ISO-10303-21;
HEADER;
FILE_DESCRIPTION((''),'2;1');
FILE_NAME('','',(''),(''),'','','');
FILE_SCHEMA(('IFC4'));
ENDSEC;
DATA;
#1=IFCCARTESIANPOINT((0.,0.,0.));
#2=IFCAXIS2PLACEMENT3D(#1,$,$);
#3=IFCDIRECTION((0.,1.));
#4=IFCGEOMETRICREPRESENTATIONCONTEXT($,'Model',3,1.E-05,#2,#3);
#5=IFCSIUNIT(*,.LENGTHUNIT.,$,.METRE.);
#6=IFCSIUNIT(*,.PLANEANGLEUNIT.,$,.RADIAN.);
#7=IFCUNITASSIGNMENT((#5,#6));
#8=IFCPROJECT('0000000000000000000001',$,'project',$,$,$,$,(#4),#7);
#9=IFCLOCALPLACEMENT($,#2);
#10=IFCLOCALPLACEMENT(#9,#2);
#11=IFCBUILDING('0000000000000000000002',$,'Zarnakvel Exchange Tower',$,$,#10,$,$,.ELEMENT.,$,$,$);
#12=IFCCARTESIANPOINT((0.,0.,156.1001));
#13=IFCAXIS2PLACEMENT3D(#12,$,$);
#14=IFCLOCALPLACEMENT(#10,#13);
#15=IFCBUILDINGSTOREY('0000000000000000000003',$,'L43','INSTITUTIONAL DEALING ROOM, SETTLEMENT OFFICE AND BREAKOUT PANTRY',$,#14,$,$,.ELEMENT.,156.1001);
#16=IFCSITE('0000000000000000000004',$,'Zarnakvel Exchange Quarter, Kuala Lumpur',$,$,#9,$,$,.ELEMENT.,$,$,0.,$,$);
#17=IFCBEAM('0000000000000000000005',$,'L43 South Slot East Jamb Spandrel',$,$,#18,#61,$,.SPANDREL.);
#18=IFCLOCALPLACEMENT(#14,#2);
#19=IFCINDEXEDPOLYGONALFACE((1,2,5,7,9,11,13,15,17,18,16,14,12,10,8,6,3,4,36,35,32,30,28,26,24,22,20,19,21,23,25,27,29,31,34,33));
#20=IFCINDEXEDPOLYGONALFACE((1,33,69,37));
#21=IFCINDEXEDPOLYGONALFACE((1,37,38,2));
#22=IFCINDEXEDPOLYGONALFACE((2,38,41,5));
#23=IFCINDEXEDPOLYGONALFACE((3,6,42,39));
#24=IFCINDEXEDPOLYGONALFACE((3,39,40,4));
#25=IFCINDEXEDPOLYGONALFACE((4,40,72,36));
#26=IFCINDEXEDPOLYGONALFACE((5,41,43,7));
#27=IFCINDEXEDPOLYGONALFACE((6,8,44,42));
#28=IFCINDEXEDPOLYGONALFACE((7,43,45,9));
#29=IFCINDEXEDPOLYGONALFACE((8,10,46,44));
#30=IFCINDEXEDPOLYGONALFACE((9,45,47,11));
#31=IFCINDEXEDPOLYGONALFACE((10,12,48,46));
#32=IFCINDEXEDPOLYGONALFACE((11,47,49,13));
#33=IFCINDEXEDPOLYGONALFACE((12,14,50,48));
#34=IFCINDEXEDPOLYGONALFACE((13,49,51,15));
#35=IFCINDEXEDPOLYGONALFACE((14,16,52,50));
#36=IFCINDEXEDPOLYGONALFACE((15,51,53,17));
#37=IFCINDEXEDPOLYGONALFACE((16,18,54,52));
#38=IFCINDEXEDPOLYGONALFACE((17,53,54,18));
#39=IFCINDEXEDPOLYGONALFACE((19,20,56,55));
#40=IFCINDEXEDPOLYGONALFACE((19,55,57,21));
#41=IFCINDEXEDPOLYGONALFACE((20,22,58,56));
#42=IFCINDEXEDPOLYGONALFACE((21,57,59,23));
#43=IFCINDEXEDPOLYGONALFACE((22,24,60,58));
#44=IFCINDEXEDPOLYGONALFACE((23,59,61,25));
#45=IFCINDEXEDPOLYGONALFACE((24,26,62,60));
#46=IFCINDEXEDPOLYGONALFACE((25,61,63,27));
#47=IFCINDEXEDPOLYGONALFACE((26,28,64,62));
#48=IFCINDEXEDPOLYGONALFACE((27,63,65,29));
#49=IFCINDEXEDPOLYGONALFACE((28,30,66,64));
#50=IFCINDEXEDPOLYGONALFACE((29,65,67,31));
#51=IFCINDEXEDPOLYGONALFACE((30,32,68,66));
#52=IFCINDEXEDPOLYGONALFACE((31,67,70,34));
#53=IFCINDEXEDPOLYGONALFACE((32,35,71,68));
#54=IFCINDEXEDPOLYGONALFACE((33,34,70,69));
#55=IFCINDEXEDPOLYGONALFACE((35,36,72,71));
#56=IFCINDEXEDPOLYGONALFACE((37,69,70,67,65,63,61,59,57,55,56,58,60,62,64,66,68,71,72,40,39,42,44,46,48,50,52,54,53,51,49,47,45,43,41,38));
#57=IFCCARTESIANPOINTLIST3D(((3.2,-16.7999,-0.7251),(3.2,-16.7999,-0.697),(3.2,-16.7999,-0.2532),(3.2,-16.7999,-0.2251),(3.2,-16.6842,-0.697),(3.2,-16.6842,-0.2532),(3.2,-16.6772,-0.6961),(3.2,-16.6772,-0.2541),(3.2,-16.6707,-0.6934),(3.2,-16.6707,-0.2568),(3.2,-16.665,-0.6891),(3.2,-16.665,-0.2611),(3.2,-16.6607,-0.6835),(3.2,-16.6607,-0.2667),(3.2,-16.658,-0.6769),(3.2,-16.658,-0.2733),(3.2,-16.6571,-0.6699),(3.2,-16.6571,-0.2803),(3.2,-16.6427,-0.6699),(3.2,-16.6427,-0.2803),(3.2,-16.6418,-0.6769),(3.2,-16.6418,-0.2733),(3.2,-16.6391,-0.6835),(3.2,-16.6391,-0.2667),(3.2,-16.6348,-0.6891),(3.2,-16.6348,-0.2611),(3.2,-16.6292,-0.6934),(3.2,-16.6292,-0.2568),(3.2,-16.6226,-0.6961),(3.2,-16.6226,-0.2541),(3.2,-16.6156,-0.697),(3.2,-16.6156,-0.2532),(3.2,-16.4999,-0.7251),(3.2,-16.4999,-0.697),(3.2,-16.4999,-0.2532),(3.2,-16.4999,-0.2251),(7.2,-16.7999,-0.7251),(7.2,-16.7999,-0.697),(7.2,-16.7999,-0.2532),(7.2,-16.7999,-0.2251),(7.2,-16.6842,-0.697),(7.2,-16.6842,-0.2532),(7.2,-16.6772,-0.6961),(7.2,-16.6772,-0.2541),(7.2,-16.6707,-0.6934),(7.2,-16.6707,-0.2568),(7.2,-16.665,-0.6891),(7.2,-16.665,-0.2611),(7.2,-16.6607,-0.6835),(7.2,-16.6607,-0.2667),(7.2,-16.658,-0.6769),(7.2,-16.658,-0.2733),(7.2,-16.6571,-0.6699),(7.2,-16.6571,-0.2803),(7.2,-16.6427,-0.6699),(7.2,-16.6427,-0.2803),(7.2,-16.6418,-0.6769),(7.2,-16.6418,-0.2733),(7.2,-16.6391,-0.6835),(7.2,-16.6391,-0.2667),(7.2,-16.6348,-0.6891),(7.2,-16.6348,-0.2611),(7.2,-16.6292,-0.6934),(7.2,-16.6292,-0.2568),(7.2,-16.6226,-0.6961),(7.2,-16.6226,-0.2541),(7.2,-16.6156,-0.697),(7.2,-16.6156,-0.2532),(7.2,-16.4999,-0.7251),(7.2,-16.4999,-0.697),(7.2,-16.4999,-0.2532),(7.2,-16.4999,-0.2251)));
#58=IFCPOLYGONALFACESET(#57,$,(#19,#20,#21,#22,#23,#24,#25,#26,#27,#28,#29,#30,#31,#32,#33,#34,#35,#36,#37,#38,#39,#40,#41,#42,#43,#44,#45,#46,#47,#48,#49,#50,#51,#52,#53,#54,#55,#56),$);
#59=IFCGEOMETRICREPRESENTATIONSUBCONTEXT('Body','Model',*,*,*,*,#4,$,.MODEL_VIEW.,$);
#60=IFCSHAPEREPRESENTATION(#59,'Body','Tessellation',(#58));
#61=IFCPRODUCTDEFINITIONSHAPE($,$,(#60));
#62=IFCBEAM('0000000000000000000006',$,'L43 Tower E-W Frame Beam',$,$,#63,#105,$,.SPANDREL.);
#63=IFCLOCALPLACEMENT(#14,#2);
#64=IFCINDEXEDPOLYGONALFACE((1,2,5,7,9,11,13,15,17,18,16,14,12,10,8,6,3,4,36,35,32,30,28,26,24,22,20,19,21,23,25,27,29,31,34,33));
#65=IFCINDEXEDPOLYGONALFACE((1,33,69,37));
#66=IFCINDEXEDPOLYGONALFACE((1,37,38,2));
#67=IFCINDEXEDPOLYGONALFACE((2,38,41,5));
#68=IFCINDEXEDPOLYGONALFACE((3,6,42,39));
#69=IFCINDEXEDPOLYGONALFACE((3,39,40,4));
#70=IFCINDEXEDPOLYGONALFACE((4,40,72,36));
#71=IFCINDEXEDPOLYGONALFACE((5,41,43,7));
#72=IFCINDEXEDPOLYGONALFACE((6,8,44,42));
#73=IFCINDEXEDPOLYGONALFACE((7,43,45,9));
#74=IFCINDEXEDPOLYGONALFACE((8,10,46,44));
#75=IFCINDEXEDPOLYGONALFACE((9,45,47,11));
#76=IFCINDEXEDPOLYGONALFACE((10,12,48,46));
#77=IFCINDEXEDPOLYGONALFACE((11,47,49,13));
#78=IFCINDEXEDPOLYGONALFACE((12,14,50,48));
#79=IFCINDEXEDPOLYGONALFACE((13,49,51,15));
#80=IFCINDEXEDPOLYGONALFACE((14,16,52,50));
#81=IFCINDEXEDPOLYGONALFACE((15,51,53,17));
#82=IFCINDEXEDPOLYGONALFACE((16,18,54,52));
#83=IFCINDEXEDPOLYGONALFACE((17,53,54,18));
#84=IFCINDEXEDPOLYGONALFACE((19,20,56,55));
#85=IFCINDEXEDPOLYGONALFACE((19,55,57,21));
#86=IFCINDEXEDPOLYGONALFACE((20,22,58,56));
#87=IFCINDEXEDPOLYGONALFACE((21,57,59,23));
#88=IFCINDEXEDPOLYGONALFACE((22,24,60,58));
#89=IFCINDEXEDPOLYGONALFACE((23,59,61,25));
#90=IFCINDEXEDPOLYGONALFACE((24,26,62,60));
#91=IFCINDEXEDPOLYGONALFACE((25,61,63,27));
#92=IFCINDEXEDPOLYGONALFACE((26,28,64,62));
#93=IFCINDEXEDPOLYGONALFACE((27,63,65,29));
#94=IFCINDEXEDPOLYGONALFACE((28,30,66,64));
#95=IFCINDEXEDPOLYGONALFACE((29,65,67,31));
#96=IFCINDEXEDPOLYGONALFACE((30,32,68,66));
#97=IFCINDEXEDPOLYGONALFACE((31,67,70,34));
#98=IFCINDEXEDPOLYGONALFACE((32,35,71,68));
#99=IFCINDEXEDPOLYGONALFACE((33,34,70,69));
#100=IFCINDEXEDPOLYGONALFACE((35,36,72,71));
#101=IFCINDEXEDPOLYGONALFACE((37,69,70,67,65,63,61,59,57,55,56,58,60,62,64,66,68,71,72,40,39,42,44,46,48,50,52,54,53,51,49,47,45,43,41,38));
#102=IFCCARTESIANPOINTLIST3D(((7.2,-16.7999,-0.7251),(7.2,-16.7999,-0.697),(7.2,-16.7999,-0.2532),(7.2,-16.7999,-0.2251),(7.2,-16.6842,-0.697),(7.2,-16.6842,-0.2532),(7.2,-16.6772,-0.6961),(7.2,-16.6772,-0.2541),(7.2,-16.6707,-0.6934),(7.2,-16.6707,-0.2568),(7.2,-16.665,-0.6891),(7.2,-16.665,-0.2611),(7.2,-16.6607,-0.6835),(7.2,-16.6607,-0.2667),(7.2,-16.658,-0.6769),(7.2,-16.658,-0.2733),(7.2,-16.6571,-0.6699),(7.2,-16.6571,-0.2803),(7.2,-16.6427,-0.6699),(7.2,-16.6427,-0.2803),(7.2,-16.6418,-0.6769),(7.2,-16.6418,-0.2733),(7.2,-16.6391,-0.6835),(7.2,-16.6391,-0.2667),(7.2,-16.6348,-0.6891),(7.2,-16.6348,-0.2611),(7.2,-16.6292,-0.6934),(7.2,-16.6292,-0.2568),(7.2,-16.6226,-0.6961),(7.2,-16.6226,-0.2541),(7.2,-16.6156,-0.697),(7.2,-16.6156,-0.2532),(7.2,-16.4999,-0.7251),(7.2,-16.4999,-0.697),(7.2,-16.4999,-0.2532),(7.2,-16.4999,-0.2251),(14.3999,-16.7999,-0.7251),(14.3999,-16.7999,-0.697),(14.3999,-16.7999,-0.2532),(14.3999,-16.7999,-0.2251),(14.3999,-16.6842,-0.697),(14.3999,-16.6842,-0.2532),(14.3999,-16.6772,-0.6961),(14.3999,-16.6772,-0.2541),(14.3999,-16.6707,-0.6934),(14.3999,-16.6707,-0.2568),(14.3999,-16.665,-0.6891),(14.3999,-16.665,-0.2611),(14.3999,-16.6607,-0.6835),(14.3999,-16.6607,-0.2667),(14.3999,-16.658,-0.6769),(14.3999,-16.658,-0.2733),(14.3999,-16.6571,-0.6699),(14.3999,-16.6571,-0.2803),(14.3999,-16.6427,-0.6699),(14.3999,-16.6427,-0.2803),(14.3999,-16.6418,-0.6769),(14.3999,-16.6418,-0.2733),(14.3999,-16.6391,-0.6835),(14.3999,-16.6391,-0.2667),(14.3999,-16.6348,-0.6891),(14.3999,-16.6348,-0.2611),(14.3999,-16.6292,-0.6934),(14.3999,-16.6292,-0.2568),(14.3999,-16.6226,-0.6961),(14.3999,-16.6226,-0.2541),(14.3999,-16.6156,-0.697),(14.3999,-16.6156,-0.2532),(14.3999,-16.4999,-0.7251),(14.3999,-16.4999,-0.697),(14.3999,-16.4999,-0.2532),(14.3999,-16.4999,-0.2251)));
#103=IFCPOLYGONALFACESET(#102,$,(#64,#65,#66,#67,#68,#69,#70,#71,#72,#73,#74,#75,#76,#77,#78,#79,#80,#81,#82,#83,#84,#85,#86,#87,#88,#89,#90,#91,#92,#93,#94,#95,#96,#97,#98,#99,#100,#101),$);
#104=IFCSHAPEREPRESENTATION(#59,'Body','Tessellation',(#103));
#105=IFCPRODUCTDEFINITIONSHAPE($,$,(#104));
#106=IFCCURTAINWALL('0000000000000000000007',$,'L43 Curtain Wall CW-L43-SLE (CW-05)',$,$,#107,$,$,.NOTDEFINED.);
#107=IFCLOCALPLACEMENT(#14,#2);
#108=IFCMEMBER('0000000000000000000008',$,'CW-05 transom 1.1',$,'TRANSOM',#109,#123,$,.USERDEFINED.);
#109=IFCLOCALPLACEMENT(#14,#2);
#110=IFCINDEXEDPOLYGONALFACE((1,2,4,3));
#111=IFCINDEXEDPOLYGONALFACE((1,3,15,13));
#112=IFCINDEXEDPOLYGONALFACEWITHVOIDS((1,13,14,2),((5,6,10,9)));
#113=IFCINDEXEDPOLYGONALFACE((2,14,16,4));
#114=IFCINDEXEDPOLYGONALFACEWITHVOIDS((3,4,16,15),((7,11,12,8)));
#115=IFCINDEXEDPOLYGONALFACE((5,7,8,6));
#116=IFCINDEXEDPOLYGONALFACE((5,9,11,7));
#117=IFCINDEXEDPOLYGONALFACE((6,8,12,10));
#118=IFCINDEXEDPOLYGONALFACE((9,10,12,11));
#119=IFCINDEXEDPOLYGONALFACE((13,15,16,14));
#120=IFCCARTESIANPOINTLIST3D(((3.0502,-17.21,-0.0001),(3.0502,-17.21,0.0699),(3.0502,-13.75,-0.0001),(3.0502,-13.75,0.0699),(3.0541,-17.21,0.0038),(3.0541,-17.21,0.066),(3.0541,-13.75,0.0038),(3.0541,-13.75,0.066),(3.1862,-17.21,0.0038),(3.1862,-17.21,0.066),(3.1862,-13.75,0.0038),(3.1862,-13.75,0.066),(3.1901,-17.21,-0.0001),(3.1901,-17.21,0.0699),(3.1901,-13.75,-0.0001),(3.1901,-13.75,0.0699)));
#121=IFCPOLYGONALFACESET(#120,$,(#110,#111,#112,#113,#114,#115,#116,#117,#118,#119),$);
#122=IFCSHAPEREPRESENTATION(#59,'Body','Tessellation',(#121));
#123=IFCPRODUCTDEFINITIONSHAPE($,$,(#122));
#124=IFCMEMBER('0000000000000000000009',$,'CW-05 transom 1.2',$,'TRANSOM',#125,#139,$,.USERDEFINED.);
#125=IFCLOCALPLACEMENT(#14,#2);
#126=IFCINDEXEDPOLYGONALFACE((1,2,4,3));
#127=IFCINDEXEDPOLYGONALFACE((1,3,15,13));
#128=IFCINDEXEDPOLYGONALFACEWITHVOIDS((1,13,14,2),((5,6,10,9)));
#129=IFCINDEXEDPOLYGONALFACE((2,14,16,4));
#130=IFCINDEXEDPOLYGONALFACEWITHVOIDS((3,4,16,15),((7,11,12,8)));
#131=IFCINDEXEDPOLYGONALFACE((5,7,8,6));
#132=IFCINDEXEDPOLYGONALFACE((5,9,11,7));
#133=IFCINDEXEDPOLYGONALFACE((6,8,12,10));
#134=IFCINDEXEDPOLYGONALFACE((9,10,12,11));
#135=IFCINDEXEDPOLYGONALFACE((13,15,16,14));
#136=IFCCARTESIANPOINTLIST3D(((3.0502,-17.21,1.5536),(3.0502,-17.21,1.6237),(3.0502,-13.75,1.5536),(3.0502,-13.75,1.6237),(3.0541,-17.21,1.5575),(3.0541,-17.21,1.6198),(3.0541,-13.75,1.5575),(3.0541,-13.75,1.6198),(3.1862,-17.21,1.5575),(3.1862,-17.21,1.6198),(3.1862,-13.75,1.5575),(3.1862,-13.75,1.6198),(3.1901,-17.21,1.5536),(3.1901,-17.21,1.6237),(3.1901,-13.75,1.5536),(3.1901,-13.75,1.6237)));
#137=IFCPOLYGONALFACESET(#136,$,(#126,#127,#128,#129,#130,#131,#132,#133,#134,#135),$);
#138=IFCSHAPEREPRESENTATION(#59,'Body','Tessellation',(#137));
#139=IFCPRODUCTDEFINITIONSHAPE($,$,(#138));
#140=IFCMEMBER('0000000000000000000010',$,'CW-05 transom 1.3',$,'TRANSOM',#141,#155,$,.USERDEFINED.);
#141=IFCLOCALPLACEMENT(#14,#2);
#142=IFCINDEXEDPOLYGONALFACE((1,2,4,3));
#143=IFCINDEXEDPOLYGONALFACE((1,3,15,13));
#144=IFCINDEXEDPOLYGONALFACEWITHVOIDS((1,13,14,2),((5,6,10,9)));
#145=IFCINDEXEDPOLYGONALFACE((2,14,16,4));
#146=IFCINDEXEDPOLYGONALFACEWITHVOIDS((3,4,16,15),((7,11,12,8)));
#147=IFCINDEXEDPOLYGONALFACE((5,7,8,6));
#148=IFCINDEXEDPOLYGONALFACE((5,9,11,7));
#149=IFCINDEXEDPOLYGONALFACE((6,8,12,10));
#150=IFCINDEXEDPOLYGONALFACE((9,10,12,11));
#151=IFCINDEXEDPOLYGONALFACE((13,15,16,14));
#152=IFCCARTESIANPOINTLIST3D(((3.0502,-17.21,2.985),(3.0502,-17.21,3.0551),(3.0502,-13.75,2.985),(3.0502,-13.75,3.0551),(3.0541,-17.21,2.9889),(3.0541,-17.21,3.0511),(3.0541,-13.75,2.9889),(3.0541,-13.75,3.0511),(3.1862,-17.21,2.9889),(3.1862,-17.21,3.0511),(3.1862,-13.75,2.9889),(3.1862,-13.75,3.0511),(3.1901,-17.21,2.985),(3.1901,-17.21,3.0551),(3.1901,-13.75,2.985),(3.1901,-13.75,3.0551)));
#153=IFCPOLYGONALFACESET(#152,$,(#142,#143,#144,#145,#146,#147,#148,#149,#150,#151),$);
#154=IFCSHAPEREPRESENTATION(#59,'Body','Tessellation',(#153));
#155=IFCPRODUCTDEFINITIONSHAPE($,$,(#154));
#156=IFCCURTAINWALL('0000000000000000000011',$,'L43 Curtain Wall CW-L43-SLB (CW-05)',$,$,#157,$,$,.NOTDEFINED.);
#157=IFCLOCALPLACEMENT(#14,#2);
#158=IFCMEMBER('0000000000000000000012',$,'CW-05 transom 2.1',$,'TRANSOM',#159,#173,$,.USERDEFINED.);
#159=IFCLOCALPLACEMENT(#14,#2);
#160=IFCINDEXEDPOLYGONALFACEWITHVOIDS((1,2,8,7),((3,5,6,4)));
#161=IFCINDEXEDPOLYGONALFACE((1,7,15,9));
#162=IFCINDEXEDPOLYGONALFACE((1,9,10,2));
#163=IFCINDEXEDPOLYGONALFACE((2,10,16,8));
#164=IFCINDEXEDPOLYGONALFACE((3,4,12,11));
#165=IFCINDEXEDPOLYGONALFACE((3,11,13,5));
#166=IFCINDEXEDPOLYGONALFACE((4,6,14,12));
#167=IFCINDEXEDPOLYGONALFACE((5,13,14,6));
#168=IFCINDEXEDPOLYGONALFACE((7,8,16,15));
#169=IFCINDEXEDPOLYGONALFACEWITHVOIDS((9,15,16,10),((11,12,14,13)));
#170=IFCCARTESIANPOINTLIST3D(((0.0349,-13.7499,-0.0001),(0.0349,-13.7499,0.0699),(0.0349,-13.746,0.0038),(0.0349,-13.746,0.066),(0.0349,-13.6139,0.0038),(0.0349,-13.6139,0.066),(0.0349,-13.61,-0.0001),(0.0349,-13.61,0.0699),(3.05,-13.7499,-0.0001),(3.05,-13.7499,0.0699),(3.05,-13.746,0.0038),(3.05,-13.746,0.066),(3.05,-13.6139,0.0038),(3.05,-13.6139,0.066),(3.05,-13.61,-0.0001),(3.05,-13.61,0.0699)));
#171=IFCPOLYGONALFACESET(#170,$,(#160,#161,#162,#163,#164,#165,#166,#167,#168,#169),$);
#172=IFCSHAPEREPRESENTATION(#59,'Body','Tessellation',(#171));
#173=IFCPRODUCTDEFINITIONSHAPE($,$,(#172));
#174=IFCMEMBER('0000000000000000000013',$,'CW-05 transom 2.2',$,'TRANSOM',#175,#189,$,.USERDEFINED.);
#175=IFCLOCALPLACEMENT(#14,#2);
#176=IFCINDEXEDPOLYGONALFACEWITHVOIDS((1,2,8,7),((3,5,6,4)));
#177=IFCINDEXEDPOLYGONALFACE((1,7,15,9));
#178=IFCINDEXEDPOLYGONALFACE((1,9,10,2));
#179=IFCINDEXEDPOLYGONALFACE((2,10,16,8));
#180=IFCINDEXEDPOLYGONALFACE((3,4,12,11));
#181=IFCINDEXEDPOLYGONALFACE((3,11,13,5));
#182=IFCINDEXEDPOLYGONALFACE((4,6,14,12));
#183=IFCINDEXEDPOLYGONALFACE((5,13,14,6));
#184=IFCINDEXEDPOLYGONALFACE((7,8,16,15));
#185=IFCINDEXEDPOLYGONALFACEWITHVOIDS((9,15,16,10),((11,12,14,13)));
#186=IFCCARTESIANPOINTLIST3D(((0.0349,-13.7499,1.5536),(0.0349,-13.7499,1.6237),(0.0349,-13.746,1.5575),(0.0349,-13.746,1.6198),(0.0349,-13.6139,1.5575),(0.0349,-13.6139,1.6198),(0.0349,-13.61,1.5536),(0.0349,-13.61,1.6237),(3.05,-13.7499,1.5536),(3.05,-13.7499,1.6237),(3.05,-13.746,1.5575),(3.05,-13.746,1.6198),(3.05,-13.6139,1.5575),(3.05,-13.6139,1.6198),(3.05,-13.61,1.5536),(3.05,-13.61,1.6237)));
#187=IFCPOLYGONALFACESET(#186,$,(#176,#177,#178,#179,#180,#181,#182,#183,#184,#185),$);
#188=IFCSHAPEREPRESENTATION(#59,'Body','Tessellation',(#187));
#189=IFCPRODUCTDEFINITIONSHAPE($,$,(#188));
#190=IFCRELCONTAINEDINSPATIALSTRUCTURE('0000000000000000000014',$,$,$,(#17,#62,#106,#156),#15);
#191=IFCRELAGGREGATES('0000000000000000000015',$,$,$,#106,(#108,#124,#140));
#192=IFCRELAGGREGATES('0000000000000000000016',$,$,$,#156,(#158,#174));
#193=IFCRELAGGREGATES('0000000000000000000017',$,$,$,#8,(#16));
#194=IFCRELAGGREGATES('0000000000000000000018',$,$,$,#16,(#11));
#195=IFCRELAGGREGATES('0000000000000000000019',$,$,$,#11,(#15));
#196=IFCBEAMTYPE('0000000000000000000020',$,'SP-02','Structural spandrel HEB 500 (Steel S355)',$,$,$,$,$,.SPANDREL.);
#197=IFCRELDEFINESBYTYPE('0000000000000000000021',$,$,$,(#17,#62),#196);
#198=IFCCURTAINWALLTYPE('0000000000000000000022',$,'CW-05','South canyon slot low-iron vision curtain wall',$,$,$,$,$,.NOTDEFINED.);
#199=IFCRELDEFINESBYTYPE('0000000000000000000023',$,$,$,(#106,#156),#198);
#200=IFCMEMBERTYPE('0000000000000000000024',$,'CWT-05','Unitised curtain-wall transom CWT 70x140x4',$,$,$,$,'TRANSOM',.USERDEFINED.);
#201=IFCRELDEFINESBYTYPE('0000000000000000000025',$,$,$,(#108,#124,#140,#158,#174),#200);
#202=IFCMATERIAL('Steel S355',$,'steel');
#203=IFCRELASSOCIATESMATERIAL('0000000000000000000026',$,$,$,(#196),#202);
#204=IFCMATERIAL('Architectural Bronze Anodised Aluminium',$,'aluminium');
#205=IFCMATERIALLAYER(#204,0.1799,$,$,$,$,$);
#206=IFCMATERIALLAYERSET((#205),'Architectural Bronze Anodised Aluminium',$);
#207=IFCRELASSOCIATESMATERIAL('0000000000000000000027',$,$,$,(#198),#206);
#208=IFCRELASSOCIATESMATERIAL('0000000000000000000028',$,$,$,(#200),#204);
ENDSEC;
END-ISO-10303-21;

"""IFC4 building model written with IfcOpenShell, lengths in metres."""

from ifc_helpers import new_model, si_unit, direction, frame, origin, origin_2d, place, context, subcontext, project, spatial, hollow_rectangle, i_section, extrude, source, transform, mapped, material, layer, layer_set, material_profile, profile_set, type_object, element, aggregate, save


model = new_model("IFC4")

# Units and contexts
model_context = context("Model", 3, precision=1e-05, world=origin(), true_north=direction((0.0, 1.0)))
body_context = subcontext(model_context, "Body", "Model", "MODEL_VIEW")
ifc_project = project(units=[si_unit("LENGTHUNIT", "METRE"), si_unit("PLANEANGLEUNIT", "RADIAN")], contexts=[model_context])

# Site, building, storey
site_placement = place(None, origin())
site = spatial("IfcSite", under=ifc_project, at=site_placement, Name="Zarnakvel Exchange Quarter, Kuala Lumpur", CompositionType="ELEMENT", RefElevation=0.0)
building_placement = place(site_placement, origin())
building = spatial("IfcBuilding", under=site, at=building_placement, Name="Zarnakvel Exchange Tower", CompositionType="ELEMENT")
storey_placement = place(building_placement, frame((0.0, 0.0, 156.1001)))
storey = spatial("IfcBuildingStorey", under=building, at=storey_placement, Name="L43", Description="INSTITUTIONAL DEALING ROOM, SETTLEMENT OFFICE AND BREAKOUT PANTRY", CompositionType="ELEMENT", Elevation=156.1001)

# Beams
ifc_material_1 = material(Name="Steel S355", Category="steel")
ifc_material_profile_1 = material_profile(ifc_material_1, i_section(OverallWidth=0.3, OverallDepth=0.5, WebThickness=0.0144, FlangeThickness=0.0281, FilletRadius=0.0271, at=origin_2d()))
ifc_profile_set_1 = profile_set([ifc_material_profile_1], Name="Steel S355")
beam_type_1 = type_object("IfcBeamType", Name="SP-02", Description="Structural spandrel HEB 500 (Steel S355)", PredefinedType="SPANDREL", material=ifc_profile_set_1)
beam_1_placement = place(storey_placement, frame((3.2, -16.6499, -0.4751), z_axis=(1.0, 0.0, 0.0), x_axis=(0.0, 1.0, 0.0)))
element("IfcBeam", 1, at=beam_1_placement, inside=storey, type_object=beam_type_1, Name="L43 South Slot East Jamb Spandrel", PredefinedType="SPANDREL", context=body_context, shape_type="SweptSolid", body=[
    extrude(i_section(OverallWidth=0.3, OverallDepth=0.5, WebThickness=0.0144, FlangeThickness=0.0281, FilletRadius=0.0271, at=origin_2d()), origin(), (0.0, 0.0, 1.0), 4.0),
])
beam_2_placement = place(storey_placement, frame((7.2, -16.6499, -0.4751), z_axis=(1.0, 0.0, 0.0), x_axis=(0.0, 1.0, 0.0)))
element("IfcBeam", 2, at=beam_2_placement, inside=storey, type_object=beam_type_1, Name="L43 Tower E-W Frame Beam", PredefinedType="SPANDREL", context=body_context, shape_type="SweptSolid", body=[
    extrude(i_section(OverallWidth=0.3, OverallDepth=0.5, WebThickness=0.0144, FlangeThickness=0.0281, FilletRadius=0.0271, at=origin_2d()), origin(), (0.0, 0.0, 1.0), 7.2),
])

# Curtain walls, members
ifc_material_2 = material(Name="Architectural Bronze Anodised Aluminium", Category="aluminium")
ifc_layer_1 = layer(ifc_material_2, 0.1799)
ifc_layer_set_1 = layer_set([ifc_layer_1], Name="Architectural Bronze Anodised Aluminium")
curtain_wall_type = type_object("IfcCurtainWallType", Name="CW-05", Description="South canyon slot low-iron vision curtain wall", PredefinedType="NOTDEFINED", material=ifc_layer_set_1)
curtain_wall_1_placement = place(storey_placement, origin())
curtain_wall_1 = element("IfcCurtainWall", 3, at=curtain_wall_1_placement, inside=storey, type_object=curtain_wall_type, Name="L43 Curtain Wall CW-L43-SLE (CW-05)", PredefinedType="NOTDEFINED")
ifc_material_profile_2 = material_profile(ifc_material_2, hollow_rectangle(XDim=0.1399, YDim=0.0701, WallThickness=0.0039, at=origin_2d()))
ifc_profile_set_2 = profile_set([ifc_material_profile_2], Name="Architectural Bronze Anodised Aluminium")
member_type_1 = type_object("IfcMemberType", Name="CWT-05", Description="Unitised curtain-wall transom CWT 70x140x4", ElementType="TRANSOM", PredefinedType="USERDEFINED", material=ifc_profile_set_2)
shared_shape_1 = source(origin(), body_context, "Body", "SweptSolid", [
    extrude(hollow_rectangle(XDim=0.1399, YDim=0.0701, WallThickness=0.0039, at=origin_2d()), origin(), (0.0, 0.0, 1.0), 3.46),
])
member_1_placement = place(storey_placement, frame((3.1201, -13.75, 0.0349), z_axis=(0.0, -1.0, 0.0), x_axis=(1.0, 0.0, 0.0)))
member_1 = element("IfcMember", 4, at=member_1_placement, type_object=member_type_1, Name="CW-05 transom 1.1", ObjectType="TRANSOM", PredefinedType="USERDEFINED", context=body_context, shape_type="MappedRepresentation", body=[
    mapped(shared_shape_1, transform((0.0, 0.0, 0.0), x_axis=(1.0, 0.0, 0.0), y_axis=(0.0, 1.0, 0.0), z_axis=(0.0, 0.0, 1.0), scale=1.0)),
])
member_2_placement = place(storey_placement, frame((3.1201, -13.75, 1.5886), z_axis=(0.0, -1.0, 0.0), x_axis=(1.0, 0.0, 0.0)))
member_2 = element("IfcMember", 5, at=member_2_placement, type_object=member_type_1, Name="CW-05 transom 1.2", ObjectType="TRANSOM", PredefinedType="USERDEFINED", context=body_context, shape_type="MappedRepresentation", body=[
    mapped(shared_shape_1, transform((0.0, 0.0, 0.0), x_axis=(1.0, 0.0, 0.0), y_axis=(0.0, 1.0, 0.0), z_axis=(0.0, 0.0, 1.0), scale=1.0)),
])
member_3_placement = place(storey_placement, frame((3.1201, -13.75, 3.02), z_axis=(0.0, -1.0, 0.0), x_axis=(1.0, 0.0, 0.0)))
member_3 = element("IfcMember", 6, at=member_3_placement, type_object=member_type_1, Name="CW-05 transom 1.3", ObjectType="TRANSOM", PredefinedType="USERDEFINED", context=body_context, shape_type="MappedRepresentation", body=[
    mapped(shared_shape_1, transform((0.0, 0.0, 0.0), x_axis=(1.0, 0.0, 0.0), y_axis=(0.0, 1.0, 0.0), z_axis=(0.0, 0.0, 1.0), scale=1.0)),
])
curtain_wall_2_placement = place(storey_placement, origin())
curtain_wall_2 = element("IfcCurtainWall", 7, at=curtain_wall_2_placement, inside=storey, type_object=curtain_wall_type, Name="L43 Curtain Wall CW-L43-SLB (CW-05)", PredefinedType="NOTDEFINED")
shared_shape_2 = source(origin(), body_context, "Body", "SweptSolid", [
    extrude(hollow_rectangle(XDim=0.1399, YDim=0.0701, WallThickness=0.0039, at=origin_2d()), origin(), (0.0, 0.0, 1.0), 3.0151),
])
member_4_placement = place(storey_placement, frame((0.0349, -13.6799, 0.0349), z_axis=(1.0, 0.0, 0.0), x_axis=(0.0, 1.0, 0.0)))
member_4 = element("IfcMember", 8, at=member_4_placement, type_object=member_type_1, Name="CW-05 transom 2.1", ObjectType="TRANSOM", PredefinedType="USERDEFINED", context=body_context, shape_type="MappedRepresentation", body=[
    mapped(shared_shape_2, transform((0.0, 0.0, 0.0), x_axis=(1.0, 0.0, 0.0), y_axis=(0.0, 1.0, 0.0), z_axis=(0.0, 0.0, 1.0), scale=1.0)),
])
member_5_placement = place(storey_placement, frame((0.0349, -13.6799, 1.5886), z_axis=(1.0, 0.0, 0.0), x_axis=(0.0, 1.0, 0.0)))
member_5 = element("IfcMember", 9, at=member_5_placement, type_object=member_type_1, Name="CW-05 transom 2.2", ObjectType="TRANSOM", PredefinedType="USERDEFINED", context=body_context, shape_type="MappedRepresentation", body=[
    mapped(shared_shape_2, transform((0.0, 0.0, 0.0), x_axis=(1.0, 0.0, 0.0), y_axis=(0.0, 1.0, 0.0), z_axis=(0.0, 0.0, 1.0), scale=1.0)),
])

aggregate(curtain_wall_1, [member_1, member_2, member_3])
aggregate(curtain_wall_2, [member_4, member_5])

save(model, "model.ifc")
